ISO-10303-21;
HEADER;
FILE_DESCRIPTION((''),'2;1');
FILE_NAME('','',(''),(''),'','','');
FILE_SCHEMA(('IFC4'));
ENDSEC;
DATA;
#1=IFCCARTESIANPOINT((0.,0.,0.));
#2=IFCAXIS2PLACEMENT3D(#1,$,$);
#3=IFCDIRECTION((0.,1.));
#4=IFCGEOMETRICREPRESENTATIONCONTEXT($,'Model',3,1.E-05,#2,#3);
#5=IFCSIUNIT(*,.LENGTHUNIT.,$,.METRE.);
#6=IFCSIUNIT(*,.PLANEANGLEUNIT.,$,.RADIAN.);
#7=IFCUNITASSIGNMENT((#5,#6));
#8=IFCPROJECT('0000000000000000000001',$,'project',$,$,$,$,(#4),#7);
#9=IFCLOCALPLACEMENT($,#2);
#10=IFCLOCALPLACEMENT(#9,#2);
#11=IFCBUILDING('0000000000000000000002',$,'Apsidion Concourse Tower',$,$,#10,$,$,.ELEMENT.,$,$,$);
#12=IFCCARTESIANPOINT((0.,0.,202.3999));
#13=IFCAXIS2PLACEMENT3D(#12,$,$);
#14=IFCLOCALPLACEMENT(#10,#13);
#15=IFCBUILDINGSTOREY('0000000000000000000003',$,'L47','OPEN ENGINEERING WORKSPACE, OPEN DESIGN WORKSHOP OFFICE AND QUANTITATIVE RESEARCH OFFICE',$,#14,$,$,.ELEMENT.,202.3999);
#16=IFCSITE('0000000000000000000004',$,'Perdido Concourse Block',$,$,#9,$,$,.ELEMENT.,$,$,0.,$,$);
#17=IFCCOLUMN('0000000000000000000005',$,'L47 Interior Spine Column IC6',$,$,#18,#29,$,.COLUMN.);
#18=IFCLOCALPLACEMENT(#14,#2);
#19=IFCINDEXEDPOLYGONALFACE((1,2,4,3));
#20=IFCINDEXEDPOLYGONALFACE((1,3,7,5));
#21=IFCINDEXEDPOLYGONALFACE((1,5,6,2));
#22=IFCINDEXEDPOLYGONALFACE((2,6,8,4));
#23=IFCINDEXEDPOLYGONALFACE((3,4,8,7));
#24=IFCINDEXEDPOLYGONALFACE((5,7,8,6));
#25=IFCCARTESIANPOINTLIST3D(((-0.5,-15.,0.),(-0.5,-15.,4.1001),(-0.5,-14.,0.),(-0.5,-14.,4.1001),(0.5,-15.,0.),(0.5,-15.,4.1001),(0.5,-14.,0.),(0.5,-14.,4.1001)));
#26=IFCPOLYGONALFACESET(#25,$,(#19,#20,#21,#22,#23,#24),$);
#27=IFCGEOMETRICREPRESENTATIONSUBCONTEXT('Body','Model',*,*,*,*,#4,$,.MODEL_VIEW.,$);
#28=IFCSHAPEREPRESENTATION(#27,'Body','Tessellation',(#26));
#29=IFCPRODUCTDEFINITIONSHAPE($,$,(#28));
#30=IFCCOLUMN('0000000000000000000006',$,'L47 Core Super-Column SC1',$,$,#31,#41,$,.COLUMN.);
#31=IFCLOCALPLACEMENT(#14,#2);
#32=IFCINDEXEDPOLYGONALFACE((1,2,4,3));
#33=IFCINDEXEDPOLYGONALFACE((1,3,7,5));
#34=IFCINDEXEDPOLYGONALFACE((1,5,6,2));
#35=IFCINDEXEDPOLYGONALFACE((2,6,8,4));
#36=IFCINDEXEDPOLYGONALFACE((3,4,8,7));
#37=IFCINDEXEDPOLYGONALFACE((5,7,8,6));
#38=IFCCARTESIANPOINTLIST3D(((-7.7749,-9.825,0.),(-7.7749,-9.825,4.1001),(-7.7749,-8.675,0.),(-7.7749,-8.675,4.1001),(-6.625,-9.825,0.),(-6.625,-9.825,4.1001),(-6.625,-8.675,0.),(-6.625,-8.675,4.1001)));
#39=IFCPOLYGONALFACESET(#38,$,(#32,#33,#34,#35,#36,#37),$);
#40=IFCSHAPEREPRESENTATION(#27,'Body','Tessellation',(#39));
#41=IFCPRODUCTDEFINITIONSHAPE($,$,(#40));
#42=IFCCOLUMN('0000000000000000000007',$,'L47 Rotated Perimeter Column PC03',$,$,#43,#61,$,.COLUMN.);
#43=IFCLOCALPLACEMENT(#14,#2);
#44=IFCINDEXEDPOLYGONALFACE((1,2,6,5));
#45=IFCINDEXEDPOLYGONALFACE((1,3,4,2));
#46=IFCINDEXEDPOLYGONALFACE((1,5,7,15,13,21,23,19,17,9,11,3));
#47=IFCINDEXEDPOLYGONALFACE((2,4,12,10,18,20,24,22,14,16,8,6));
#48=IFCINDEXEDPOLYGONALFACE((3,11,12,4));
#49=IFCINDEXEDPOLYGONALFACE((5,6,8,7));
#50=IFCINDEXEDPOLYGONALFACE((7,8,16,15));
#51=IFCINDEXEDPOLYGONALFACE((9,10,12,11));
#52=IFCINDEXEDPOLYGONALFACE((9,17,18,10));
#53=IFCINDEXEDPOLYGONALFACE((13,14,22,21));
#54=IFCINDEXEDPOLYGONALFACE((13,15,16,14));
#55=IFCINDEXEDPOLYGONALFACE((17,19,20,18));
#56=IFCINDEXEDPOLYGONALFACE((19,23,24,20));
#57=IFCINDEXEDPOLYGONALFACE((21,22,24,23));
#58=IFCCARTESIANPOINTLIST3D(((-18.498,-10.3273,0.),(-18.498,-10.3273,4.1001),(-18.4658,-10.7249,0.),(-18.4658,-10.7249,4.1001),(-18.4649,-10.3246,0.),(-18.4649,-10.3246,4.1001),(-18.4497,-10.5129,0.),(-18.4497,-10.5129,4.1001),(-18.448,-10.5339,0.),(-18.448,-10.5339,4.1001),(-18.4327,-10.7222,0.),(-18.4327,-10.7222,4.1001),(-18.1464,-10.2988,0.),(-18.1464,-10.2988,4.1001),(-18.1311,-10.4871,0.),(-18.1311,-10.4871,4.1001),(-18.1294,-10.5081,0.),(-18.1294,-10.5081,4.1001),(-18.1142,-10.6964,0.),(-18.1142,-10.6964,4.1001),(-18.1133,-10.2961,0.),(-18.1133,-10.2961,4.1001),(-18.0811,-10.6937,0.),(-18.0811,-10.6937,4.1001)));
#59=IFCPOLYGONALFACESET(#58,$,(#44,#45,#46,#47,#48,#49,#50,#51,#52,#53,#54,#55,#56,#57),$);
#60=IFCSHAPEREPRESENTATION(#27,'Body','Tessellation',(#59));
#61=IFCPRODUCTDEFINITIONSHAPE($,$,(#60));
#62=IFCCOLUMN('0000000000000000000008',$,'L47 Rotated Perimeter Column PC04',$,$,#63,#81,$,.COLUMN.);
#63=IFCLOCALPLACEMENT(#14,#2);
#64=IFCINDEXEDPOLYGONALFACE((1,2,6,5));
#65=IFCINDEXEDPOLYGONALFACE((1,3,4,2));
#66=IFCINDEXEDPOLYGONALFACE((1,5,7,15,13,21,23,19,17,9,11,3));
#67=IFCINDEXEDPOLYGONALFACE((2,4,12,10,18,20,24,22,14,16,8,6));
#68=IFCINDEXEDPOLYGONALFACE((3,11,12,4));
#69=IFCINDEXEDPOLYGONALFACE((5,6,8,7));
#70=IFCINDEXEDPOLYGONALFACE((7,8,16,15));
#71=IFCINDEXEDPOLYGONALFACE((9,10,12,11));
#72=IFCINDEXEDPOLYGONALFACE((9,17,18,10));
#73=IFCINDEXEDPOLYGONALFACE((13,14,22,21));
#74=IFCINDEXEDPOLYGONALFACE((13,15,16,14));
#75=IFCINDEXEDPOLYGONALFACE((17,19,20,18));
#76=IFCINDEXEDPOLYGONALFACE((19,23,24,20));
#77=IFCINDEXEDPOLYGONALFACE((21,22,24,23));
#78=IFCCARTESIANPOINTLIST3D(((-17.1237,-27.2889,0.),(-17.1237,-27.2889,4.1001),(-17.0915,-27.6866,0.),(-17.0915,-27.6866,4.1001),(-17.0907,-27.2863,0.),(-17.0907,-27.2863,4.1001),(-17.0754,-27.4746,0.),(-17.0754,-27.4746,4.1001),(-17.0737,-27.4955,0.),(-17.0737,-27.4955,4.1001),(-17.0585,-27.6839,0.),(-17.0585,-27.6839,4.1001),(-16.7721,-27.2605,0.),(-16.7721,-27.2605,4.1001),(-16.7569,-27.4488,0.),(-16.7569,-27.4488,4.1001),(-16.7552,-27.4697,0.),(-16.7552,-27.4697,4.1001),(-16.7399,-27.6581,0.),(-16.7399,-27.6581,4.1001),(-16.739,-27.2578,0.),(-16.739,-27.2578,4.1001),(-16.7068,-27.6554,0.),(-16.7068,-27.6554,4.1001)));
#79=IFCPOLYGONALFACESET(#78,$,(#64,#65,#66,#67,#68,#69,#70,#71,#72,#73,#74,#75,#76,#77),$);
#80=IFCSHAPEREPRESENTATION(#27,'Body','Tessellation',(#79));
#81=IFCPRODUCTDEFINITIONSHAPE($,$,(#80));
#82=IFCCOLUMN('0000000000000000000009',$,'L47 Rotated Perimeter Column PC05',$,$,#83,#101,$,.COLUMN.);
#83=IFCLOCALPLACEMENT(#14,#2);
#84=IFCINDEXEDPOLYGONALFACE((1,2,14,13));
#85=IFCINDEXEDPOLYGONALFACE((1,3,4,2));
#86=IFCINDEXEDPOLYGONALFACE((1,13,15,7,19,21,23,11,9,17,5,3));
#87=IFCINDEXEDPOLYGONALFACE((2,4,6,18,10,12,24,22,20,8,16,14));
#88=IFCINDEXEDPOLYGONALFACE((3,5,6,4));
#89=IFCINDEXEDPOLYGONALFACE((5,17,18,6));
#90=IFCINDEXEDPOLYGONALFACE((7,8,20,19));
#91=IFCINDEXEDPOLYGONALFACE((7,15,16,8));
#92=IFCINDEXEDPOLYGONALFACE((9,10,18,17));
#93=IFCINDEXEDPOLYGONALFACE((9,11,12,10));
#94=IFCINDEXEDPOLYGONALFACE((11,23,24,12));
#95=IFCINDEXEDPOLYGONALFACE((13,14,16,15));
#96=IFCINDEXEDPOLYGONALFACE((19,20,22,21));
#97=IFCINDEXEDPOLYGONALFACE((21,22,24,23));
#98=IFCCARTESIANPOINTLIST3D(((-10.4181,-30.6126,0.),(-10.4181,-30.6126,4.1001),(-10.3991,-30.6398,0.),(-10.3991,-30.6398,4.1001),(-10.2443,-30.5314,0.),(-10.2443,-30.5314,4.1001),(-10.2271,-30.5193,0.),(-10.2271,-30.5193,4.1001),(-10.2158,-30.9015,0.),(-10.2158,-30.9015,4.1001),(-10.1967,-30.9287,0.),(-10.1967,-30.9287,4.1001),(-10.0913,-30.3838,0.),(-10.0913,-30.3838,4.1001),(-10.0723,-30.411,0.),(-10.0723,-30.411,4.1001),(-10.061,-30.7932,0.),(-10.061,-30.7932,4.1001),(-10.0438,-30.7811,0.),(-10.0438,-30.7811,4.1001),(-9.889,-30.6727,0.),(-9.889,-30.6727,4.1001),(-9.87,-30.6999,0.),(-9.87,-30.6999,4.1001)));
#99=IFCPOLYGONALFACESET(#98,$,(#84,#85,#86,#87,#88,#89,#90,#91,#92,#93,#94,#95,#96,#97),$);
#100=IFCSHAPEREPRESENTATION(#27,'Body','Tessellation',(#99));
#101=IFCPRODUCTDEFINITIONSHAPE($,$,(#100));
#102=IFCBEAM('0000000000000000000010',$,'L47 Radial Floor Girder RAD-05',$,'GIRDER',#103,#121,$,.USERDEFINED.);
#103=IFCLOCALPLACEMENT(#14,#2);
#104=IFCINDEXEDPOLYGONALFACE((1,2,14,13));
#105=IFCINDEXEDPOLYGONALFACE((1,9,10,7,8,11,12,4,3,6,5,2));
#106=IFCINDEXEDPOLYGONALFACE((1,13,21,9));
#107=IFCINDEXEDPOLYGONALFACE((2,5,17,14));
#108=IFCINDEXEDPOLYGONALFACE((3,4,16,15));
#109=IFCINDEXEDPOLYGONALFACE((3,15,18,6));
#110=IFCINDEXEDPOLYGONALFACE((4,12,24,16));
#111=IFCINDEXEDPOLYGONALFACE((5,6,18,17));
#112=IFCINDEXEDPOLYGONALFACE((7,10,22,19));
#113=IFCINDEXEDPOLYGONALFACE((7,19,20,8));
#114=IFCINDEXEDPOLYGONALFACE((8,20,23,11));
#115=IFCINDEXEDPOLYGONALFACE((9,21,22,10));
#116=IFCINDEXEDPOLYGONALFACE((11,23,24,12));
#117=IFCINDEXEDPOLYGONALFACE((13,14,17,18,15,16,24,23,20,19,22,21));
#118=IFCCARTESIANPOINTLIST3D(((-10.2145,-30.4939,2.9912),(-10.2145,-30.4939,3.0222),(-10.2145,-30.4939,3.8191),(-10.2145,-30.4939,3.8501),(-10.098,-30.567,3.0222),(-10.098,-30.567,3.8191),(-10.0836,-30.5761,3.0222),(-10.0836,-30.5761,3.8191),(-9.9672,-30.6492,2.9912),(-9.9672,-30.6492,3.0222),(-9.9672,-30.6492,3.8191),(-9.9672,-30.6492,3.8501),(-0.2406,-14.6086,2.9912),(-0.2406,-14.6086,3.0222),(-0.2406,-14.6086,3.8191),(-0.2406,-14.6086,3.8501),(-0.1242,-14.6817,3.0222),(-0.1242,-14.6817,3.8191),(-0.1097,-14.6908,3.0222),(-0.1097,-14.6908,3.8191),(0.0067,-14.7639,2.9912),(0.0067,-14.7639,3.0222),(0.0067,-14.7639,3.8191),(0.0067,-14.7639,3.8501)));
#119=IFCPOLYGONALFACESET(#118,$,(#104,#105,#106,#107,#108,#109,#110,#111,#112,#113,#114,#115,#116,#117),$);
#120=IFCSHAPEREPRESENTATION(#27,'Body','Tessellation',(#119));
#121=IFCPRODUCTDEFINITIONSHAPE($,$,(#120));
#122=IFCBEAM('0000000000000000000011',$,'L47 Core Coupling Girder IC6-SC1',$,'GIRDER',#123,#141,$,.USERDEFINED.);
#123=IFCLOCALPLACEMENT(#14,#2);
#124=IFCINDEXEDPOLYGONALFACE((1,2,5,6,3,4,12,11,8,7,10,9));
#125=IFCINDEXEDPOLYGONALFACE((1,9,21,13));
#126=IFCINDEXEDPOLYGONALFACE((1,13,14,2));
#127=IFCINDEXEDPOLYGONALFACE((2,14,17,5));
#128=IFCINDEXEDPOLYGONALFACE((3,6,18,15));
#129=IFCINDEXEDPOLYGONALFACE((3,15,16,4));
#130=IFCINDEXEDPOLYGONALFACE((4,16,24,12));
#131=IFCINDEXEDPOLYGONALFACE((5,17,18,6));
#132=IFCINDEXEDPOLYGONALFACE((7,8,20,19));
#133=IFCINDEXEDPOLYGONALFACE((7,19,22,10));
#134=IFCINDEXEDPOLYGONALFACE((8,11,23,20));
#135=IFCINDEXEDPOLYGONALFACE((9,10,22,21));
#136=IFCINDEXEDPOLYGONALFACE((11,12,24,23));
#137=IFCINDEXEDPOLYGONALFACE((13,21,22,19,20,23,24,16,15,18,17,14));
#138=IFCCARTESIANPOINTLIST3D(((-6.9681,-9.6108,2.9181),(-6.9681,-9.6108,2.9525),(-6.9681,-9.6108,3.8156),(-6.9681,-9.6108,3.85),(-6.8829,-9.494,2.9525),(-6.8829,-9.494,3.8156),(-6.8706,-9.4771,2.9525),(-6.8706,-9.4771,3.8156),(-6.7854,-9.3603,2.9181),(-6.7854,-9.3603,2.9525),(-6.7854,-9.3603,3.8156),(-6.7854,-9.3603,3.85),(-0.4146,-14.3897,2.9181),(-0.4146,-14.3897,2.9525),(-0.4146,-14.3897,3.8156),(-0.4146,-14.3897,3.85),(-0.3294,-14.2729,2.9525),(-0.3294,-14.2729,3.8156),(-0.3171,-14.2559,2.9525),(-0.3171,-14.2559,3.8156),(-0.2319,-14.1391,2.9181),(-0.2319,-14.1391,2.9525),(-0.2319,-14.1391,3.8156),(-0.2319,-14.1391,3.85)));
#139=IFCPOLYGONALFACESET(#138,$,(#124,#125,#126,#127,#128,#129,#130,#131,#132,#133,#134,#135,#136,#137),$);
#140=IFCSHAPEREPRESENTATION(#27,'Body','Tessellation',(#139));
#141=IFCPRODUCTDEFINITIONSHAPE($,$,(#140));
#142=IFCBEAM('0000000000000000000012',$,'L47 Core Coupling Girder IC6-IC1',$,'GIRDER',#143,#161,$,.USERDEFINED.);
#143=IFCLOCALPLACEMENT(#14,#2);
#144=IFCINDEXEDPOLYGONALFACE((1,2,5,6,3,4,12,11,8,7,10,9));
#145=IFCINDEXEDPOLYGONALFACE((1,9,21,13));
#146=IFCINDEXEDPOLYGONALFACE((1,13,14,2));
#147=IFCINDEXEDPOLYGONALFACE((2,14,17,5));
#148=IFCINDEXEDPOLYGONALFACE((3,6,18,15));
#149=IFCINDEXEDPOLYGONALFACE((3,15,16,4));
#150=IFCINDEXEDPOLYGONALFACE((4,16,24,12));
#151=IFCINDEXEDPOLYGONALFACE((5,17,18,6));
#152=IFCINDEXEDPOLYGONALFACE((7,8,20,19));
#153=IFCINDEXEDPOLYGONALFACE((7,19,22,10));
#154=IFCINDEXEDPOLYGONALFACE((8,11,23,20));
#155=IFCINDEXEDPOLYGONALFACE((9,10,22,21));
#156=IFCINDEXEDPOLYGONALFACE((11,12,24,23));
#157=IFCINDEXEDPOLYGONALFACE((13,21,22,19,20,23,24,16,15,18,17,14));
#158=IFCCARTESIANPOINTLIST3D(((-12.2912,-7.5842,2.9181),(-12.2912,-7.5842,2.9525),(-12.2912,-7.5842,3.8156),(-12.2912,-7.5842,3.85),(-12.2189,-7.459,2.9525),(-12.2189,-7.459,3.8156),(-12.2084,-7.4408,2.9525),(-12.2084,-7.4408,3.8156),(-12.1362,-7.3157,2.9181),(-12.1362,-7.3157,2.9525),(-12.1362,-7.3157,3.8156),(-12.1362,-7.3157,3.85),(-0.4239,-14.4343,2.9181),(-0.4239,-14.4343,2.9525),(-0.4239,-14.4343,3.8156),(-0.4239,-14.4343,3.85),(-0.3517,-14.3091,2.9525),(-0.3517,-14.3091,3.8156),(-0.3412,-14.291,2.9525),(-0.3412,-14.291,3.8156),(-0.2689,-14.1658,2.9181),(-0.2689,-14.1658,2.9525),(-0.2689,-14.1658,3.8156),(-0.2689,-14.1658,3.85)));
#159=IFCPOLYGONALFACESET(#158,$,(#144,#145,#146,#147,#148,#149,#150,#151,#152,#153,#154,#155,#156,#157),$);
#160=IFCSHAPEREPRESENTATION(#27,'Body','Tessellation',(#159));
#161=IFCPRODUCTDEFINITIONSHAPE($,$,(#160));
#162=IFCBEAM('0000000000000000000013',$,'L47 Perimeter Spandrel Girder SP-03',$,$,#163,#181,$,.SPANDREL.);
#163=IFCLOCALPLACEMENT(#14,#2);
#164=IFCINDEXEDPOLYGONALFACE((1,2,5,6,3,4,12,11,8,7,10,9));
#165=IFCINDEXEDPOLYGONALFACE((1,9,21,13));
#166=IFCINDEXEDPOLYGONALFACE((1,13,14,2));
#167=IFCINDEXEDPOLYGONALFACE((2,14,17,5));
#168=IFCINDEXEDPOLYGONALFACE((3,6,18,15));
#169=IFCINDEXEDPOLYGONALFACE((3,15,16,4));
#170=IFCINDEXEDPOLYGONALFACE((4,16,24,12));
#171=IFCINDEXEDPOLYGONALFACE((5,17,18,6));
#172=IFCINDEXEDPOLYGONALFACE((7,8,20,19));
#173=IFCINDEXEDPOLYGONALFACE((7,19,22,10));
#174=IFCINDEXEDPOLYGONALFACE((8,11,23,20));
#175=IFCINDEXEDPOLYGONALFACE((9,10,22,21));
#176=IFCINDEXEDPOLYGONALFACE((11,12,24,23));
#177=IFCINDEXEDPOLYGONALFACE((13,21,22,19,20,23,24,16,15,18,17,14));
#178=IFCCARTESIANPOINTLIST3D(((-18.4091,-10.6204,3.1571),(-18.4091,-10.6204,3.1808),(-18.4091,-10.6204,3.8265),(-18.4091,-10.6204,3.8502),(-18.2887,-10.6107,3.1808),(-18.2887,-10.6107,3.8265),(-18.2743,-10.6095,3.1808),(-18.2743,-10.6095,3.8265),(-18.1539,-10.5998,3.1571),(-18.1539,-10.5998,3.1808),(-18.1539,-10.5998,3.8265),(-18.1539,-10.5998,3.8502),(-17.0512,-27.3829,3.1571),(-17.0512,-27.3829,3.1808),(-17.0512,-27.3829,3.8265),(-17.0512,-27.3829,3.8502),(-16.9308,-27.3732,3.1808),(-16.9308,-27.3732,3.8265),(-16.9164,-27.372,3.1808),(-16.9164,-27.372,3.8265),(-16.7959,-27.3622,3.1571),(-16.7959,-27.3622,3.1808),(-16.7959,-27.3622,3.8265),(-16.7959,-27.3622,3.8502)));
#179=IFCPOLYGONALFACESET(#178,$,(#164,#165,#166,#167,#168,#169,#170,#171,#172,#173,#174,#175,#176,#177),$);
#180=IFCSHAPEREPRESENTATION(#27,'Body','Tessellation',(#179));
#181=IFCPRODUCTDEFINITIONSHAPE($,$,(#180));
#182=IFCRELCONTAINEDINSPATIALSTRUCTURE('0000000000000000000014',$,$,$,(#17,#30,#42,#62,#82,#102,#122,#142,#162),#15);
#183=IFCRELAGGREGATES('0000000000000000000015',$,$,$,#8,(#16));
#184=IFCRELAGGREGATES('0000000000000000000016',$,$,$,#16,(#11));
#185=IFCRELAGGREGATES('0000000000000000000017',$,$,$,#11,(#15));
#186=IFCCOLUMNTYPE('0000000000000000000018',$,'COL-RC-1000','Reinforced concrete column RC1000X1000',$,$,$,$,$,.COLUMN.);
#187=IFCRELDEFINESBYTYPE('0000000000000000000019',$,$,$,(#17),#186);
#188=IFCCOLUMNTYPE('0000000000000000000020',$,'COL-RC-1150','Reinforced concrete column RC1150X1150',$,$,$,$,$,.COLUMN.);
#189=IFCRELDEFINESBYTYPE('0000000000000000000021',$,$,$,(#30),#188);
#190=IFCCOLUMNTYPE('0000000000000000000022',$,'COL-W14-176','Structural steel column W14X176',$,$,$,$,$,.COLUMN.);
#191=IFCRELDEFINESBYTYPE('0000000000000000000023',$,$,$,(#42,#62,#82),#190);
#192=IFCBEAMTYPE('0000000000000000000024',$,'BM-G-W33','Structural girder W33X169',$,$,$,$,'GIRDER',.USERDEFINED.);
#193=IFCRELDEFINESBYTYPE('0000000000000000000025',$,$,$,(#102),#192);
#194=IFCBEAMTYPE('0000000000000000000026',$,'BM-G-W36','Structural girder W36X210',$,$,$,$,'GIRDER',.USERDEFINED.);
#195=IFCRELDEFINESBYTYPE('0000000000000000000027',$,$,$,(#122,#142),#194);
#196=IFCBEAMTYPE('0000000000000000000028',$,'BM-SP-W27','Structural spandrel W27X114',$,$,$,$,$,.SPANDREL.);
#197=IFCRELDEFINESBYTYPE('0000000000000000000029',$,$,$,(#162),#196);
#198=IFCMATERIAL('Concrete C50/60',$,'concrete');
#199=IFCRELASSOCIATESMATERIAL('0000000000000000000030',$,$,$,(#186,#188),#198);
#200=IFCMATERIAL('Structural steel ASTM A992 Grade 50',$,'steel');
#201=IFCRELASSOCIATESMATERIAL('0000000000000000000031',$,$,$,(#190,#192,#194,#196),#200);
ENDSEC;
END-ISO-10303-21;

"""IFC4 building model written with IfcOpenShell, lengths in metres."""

from ifc_helpers import new_model, si_unit, direction, frame, origin, origin_2d, place, context, subcontext, project, spatial, rectangle, i_section, extrude, material, material_profile, profile_set, type_object, element, save


model = new_model("IFC4")

# Units and contexts
model_context = context("Model", 3, precision=1e-05, world=origin(), true_north=direction((0.0, 1.0)))
body_context = subcontext(model_context, "Body", "Model", "MODEL_VIEW")
ifc_project = project(units=[si_unit("LENGTHUNIT", "METRE"), si_unit("PLANEANGLEUNIT", "RADIAN")], contexts=[model_context])

# Site, building, storey
site_placement = place(None, origin())
site = spatial("IfcSite", under=ifc_project, at=site_placement, Name="Perdido Concourse Block", CompositionType="ELEMENT", RefElevation=0.0)
building_placement = place(site_placement, origin())
building = spatial("IfcBuilding", under=site, at=building_placement, Name="Apsidion Concourse Tower", CompositionType="ELEMENT")
storey_placement = place(building_placement, frame((0.0, 0.0, 202.3999)))
storey = spatial("IfcBuildingStorey", under=building, at=storey_placement, Name="L47", Description="OPEN ENGINEERING WORKSPACE, OPEN DESIGN WORKSHOP OFFICE AND QUANTITATIVE RESEARCH OFFICE", CompositionType="ELEMENT", Elevation=202.3999)

# Columns
ifc_material_1 = material(Name="Concrete C50/60", Category="concrete")
ifc_material_profile_1 = material_profile(ifc_material_1, rectangle(XDim=1.0, YDim=1.0, at=origin_2d()), Name="RC 1000x1000")
ifc_profile_set_1 = profile_set([ifc_material_profile_1], Name="Concrete C50/60")
column_type_1 = type_object("IfcColumnType", Name="COL-RC-1000", Description="Reinforced concrete column RC1000X1000", PredefinedType="COLUMN", material=ifc_profile_set_1)
column_1_placement = place(storey_placement, frame((0.0, -14.5, 0.0), z_axis=(0.0, 0.0, 1.0), x_axis=(1.0, 0.0, 0.0)))
element("IfcColumn", 1, at=column_1_placement, inside=storey, type_object=column_type_1, Name="L47 Interior Spine Column IC6", PredefinedType="COLUMN", context=body_context, shape_type="SweptSolid", body=[
    extrude(rectangle(XDim=1.0, YDim=1.0, at=origin_2d()), origin(), (0.0, 0.0, 1.0), 4.1001),
])
ifc_material_profile_2 = material_profile(ifc_material_1, rectangle(XDim=1.1499, YDim=1.1499, at=origin_2d()), Name="RC 1150x1150")
ifc_profile_set_2 = profile_set([ifc_material_profile_2], Name="Concrete C50/60")
column_type_2 = type_object("IfcColumnType", Name="COL-RC-1150", Description="Reinforced concrete column RC1150X1150", PredefinedType="COLUMN", material=ifc_profile_set_2)
column_2_placement = place(storey_placement, frame((-7.2, -9.25, 0.0), z_axis=(0.0, 0.0, 1.0), x_axis=(1.0, 0.0, 0.0)))
element("IfcColumn", 2, at=column_2_placement, inside=storey, type_object=column_type_2, Name="L47 Core Super-Column SC1", PredefinedType="COLUMN", context=body_context, shape_type="SweptSolid", body=[
    extrude(rectangle(XDim=1.1499, YDim=1.1499, at=origin_2d()), origin(), (0.0, 0.0, 1.0), 4.1001),
])
ifc_material_2 = material(Name="Structural steel ASTM A992 Grade 50", Category="steel")
ifc_material_profile_3 = material_profile(ifc_material_2, i_section(OverallWidth=0.3989, OverallDepth=0.386, WebThickness=0.021, FlangeThickness=0.0332, at=origin_2d()), Name="W14X176")
ifc_profile_set_3 = profile_set([ifc_material_profile_3], Name="Structural steel ASTM A992 Grade 50")
column_type_3 = type_object("IfcColumnType", Name="COL-W14-176", Description="Structural steel column W14X176", PredefinedType="COLUMN", material=ifc_profile_set_3)
for number, where, z_axis, x_axis, name in (
    (3, (-18.2896, -10.5105, 0.0), (0.0, 0.0, 1.0), (-0.080721, 0.996737, 0.0), "L47 Rotated Perimeter Column PC03"),
    (4, (-16.9153, -27.4722, 0.0), (0.0, 0.0, 1.0), (-0.080721, 0.996737, 0.0), "L47 Rotated Perimeter Column PC04"),
    (5, (-10.144, -30.6562, 0.0), (0.0, 0.0, 1.0), (0.819152, 0.573576, 0.0), "L47 Rotated Perimeter Column PC05"),
):
    element("IfcColumn", number, at=place(storey_placement, frame(where, z_axis=z_axis, x_axis=x_axis)), inside=storey, type_object=column_type_3, Name=name, PredefinedType="COLUMN", context=body_context, shape_type="SweptSolid", body=[
        extrude(i_section(OverallWidth=0.3989, OverallDepth=0.386, WebThickness=0.021, FlangeThickness=0.0332, at=origin_2d()), origin(), (0.0, 0.0, 1.0), 4.1001),
    ])

# Beams
ifc_material_profile_4 = material_profile(ifc_material_2, i_section(OverallWidth=0.292, OverallDepth=0.8589, WebThickness=0.0171, FlangeThickness=0.031, at=origin_2d()), Name="W33X169")
ifc_profile_set_4 = profile_set([ifc_material_profile_4], Name="Structural steel ASTM A992 Grade 50")
beam_type_1 = type_object("IfcBeamType", Name="BM-G-W33", Description="Structural girder W33X169", ElementType="GIRDER", PredefinedType="USERDEFINED", material=ifc_profile_set_4)
beam_1_placement = place(storey_placement, frame((-0.1169, -14.6863, 3.4207), z_axis=(-0.531746, -0.846904, 0.0), x_axis=(0.846904, -0.531746, 0.0)))
element("IfcBeam", 6, at=beam_1_placement, inside=storey, type_object=beam_type_1, Name="L47 Radial Floor Girder RAD-05", ObjectType="GIRDER", PredefinedType="USERDEFINED", context=body_context, shape_type="SweptSolid", body=[
    extrude(i_section(OverallWidth=0.292, OverallDepth=0.8589, WebThickness=0.0171, FlangeThickness=0.031, at=origin_2d()), origin(), (0.0, 0.0, 1.0), 18.7568),
])
ifc_material_profile_5 = material_profile(ifc_material_2, i_section(OverallWidth=0.3101, OverallDepth=0.9319, WebThickness=0.021, FlangeThickness=0.0344, at=origin_2d()), Name="W36X210")
ifc_profile_set_5 = profile_set([ifc_material_profile_5], Name="Structural steel ASTM A992 Grade 50")
beam_type_2 = type_object("IfcBeamType", Name="BM-G-W36", Description="Structural girder W36X210", ElementType="GIRDER", PredefinedType="USERDEFINED", material=ifc_profile_set_5)
beam_2_placement = place(storey_placement, frame((-0.3232, -14.2644, 3.384), z_axis=(-0.807993, 0.589191, 0.0), x_axis=(-0.589191, -0.807993, 0.0)))
element("IfcBeam", 7, at=beam_2_placement, inside=storey, type_object=beam_type_2, Name="L47 Core Coupling Girder IC6-SC1", ObjectType="GIRDER", PredefinedType="USERDEFINED", context=body_context, shape_type="SweptSolid", body=[
    extrude(i_section(OverallWidth=0.3101, OverallDepth=0.9319, WebThickness=0.021, FlangeThickness=0.0344, at=origin_2d()), origin(), (0.0, 0.0, 1.0), 8.1108),
])
beam_3_placement = place(storey_placement, frame((-0.3464, -14.3, 3.384), z_axis=(-0.86607, 0.499922, 0.0), x_axis=(-0.499922, -0.86607, 0.0)))
element("IfcBeam", 8, at=beam_3_placement, inside=storey, type_object=beam_type_2, Name="L47 Core Coupling Girder IC6-IC1", ObjectType="GIRDER", PredefinedType="USERDEFINED", context=body_context, shape_type="SweptSolid", body=[
    extrude(i_section(OverallWidth=0.3101, OverallDepth=0.9319, WebThickness=0.021, FlangeThickness=0.0344, at=origin_2d()), origin(), (0.0, 0.0, 1.0), 13.7024),
])
ifc_material_profile_6 = material_profile(ifc_material_2, i_section(OverallWidth=0.2561, OverallDepth=0.6931, WebThickness=0.0144, FlangeThickness=0.0237, at=origin_2d()), Name="W27X114")
ifc_profile_set_6 = profile_set([ifc_material_profile_6], Name="Structural steel ASTM A992 Grade 50")
beam_type_3 = type_object("IfcBeamType", Name="BM-SP-W27", Description="Structural spandrel W27X114", PredefinedType="SPANDREL", material=ifc_profile_set_6)
beam_4_placement = place(storey_placement, frame((-18.2815, -10.6101, 3.5037), z_axis=(0.080745, -0.996735, 0.0), x_axis=(0.996735, 0.080745, 0.0)))
element("IfcBeam", 9, at=beam_4_placement, inside=storey, type_object=beam_type_3, Name="L47 Perimeter Spandrel Girder SP-03", PredefinedType="SPANDREL", context=body_context, shape_type="SweptSolid", body=[
    extrude(i_section(OverallWidth=0.2561, OverallDepth=0.6931, WebThickness=0.0144, FlangeThickness=0.0237, at=origin_2d()), origin(), (0.0, 0.0, 1.0), 16.8174),
])

save(model, "model.ifc")
